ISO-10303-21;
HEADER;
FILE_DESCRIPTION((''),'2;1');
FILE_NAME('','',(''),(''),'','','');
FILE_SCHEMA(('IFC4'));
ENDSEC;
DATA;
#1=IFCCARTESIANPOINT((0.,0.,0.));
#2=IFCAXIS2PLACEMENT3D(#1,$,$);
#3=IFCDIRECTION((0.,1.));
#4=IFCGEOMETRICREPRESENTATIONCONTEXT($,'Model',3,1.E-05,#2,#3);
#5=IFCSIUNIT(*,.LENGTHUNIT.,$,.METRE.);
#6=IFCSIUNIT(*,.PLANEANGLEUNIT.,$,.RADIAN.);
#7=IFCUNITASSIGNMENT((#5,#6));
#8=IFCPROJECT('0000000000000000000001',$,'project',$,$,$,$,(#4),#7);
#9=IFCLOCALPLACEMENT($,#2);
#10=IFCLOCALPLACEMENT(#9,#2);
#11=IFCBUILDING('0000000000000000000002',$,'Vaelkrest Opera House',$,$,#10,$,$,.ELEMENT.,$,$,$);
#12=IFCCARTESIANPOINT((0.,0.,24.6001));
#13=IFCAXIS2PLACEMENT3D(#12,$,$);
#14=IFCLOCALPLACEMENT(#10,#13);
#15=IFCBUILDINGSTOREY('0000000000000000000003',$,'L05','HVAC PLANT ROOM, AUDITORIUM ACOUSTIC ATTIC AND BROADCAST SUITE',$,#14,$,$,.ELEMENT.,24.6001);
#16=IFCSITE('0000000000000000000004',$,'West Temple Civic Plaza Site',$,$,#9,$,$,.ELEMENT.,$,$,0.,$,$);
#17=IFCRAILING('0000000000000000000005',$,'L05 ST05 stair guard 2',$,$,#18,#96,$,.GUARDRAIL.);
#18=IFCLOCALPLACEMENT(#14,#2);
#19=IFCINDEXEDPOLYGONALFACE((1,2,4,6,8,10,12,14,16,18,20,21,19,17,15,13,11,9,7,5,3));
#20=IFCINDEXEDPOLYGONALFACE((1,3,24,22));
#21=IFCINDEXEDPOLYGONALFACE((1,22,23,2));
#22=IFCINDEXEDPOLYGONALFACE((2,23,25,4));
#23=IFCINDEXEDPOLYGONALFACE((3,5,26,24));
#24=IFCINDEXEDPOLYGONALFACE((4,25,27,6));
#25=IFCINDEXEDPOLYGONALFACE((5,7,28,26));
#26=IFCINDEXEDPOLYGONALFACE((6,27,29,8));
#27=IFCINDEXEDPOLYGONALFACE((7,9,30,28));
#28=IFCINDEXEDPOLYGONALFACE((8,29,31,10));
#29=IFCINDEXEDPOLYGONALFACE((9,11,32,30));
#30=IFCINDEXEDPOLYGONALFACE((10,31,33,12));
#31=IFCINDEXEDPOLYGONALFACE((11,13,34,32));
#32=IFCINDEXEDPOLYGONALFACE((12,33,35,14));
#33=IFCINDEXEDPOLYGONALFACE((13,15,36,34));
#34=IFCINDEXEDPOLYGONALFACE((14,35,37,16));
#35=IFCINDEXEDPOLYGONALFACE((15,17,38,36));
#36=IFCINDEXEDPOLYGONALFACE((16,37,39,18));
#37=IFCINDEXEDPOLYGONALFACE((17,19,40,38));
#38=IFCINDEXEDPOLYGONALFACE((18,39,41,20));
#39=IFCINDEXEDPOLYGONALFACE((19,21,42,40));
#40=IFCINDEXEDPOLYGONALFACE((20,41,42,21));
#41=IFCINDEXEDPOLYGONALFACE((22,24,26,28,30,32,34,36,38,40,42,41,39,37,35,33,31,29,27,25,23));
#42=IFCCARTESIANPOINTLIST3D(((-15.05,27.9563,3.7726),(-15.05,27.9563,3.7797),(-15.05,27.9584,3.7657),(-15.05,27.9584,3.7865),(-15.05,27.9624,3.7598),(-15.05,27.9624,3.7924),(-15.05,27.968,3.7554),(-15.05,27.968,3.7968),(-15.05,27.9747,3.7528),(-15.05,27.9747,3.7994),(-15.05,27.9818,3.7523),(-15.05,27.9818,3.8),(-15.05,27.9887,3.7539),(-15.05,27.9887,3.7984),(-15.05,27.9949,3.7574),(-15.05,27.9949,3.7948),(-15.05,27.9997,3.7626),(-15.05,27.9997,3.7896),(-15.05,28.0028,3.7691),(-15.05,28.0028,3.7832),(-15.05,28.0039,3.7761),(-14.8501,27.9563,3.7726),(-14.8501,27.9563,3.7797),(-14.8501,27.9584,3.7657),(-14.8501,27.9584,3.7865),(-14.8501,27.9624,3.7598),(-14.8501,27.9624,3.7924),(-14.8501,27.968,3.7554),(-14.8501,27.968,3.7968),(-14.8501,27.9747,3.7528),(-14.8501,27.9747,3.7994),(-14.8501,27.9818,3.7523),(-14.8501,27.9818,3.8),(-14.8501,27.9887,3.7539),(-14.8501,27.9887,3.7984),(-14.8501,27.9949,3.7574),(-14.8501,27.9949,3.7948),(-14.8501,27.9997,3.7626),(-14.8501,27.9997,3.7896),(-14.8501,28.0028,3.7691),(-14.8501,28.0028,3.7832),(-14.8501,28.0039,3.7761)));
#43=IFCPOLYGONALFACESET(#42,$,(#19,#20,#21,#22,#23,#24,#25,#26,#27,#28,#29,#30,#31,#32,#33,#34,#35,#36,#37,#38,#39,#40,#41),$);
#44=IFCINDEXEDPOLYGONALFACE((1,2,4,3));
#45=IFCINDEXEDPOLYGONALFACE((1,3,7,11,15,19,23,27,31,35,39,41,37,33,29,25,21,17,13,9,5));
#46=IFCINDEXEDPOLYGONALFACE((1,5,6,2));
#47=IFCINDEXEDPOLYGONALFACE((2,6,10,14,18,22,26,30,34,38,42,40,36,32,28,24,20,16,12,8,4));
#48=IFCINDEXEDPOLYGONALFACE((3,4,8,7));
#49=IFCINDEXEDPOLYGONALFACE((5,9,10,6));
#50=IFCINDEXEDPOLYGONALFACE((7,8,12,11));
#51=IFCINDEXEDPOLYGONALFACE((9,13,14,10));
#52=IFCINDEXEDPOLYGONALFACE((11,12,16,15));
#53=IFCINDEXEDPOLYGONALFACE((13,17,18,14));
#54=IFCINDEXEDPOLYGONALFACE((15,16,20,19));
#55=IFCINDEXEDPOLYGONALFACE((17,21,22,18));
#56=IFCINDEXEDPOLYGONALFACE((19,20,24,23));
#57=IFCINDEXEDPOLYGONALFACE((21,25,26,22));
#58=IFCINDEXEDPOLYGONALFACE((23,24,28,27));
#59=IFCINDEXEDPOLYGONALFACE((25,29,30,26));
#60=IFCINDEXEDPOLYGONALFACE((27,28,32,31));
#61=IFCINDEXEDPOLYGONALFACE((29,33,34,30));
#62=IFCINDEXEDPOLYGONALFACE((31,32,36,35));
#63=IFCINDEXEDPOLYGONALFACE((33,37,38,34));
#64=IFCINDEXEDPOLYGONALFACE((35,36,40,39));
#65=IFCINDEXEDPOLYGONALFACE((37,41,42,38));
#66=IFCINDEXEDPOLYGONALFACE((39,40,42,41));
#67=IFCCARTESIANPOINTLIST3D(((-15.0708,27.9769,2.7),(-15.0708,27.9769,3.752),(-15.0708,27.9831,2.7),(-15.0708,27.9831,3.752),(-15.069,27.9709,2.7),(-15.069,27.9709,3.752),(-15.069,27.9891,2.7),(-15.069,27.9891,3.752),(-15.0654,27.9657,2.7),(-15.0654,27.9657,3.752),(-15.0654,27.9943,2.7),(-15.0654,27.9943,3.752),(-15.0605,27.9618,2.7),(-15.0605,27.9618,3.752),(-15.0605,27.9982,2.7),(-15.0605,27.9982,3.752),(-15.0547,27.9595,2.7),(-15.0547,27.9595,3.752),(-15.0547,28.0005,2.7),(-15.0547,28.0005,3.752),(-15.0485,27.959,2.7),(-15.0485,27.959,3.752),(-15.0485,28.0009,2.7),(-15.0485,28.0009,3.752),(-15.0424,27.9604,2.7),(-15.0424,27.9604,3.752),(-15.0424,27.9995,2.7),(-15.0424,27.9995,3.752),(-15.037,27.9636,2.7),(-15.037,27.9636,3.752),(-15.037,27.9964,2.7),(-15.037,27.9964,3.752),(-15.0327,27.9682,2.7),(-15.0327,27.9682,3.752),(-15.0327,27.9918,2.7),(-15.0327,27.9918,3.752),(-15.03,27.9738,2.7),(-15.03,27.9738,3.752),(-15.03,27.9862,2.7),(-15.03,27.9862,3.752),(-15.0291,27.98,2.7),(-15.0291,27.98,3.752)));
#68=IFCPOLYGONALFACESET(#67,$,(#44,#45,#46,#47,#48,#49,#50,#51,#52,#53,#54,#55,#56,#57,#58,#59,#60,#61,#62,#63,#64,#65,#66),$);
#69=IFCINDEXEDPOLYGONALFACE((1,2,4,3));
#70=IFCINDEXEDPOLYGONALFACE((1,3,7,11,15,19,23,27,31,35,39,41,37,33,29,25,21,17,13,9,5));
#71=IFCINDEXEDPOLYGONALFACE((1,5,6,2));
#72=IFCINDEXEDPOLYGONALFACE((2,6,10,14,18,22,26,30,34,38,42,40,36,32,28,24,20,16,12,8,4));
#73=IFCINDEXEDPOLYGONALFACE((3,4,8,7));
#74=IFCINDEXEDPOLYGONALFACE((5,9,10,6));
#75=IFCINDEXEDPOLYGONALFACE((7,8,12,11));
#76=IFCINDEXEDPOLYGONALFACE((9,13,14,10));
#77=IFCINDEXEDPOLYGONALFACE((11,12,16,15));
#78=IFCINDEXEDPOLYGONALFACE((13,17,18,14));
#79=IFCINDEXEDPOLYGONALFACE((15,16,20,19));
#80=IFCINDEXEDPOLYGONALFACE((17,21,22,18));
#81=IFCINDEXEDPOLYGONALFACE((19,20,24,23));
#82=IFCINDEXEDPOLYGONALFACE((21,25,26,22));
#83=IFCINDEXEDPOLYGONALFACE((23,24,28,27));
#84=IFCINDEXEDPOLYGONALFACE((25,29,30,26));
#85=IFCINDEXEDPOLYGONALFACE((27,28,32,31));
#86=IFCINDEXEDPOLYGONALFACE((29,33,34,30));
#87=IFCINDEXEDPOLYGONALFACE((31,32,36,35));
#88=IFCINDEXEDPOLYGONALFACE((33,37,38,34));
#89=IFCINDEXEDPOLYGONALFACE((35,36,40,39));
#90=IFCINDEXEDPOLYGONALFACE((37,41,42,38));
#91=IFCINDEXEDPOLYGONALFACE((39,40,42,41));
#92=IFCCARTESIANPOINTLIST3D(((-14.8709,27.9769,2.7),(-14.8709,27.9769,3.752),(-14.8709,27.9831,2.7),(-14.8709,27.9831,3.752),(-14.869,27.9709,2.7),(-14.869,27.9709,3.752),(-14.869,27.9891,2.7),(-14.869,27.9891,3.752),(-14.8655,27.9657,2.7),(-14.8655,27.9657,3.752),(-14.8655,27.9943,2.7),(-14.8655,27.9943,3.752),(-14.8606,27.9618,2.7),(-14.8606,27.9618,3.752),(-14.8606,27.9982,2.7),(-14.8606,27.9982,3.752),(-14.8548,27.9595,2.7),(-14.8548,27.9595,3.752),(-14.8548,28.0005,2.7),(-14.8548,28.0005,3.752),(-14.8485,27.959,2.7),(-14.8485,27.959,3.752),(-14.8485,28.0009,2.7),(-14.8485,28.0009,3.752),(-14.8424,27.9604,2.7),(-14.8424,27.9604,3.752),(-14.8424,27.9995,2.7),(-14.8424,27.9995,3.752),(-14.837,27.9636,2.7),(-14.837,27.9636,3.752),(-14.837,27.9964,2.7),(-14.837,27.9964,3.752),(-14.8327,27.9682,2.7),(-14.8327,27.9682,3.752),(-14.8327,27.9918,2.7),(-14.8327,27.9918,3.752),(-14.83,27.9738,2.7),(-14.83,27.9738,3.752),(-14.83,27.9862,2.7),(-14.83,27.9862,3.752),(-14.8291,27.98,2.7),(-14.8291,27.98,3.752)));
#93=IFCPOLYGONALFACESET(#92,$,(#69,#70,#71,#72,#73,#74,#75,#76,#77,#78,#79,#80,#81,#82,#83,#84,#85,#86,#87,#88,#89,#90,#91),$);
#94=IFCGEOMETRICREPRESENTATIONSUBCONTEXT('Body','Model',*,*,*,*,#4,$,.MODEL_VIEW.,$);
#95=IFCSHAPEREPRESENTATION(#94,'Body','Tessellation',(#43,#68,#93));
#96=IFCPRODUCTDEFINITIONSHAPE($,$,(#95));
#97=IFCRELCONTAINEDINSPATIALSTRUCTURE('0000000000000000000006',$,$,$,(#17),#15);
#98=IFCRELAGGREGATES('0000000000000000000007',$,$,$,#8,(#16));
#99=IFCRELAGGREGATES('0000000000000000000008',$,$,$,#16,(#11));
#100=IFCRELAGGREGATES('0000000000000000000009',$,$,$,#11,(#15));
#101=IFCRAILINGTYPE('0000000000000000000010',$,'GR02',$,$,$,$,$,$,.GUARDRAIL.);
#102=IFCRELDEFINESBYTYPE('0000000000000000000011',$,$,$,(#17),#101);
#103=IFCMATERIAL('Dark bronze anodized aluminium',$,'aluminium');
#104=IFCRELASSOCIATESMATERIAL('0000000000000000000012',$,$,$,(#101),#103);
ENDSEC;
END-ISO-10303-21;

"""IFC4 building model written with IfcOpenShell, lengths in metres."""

from ifc_helpers import new_model, si_unit, direction, frame, origin, origin_2d, place, context, subcontext, project, spatial, circle, extrude, material, type_object, element, save


model = new_model("IFC4")

# Units and contexts
model_context = context("Model", 3, precision=1e-05, world=origin(), true_north=direction((0.0, 1.0)))
body_context = subcontext(model_context, "Body", "Model", "MODEL_VIEW")
ifc_project = project(units=[si_unit("LENGTHUNIT", "METRE"), si_unit("PLANEANGLEUNIT", "RADIAN")], contexts=[model_context])

# Site, building, storey
site_placement = place(None, origin())
site = spatial("IfcSite", under=ifc_project, at=site_placement, Name="West Temple Civic Plaza Site", CompositionType="ELEMENT", RefElevation=0.0)
building_placement = place(site_placement, origin())
building = spatial("IfcBuilding", under=site, at=building_placement, Name="Vaelkrest Opera House", CompositionType="ELEMENT")
storey_placement = place(building_placement, frame((0.0, 0.0, 24.6001)))
storey = spatial("IfcBuildingStorey", under=building, at=storey_placement, Name="L05", Description="HVAC PLANT ROOM, AUDITORIUM ACOUSTIC ATTIC AND BROADCAST SUITE", CompositionType="ELEMENT", Elevation=24.6001)

# Railing
ifc_material_1 = material(Name="Dark bronze anodized aluminium", Category="aluminium")
railing_type_1 = type_object("IfcRailingType", Name="GR02", PredefinedType="GUARDRAIL", material=ifc_material_1)
railing_1_placement = place(storey_placement, frame((-15.05, 27.98, 2.7)))
element("IfcRailing", 1, at=railing_1_placement, inside=storey, type_object=railing_type_1, Name="L05 ST05 stair guard 2", PredefinedType="GUARDRAIL", context=body_context, shape_type="SweptSolid", body=[
    extrude(circle(Radius=0.0239, at=origin_2d()), frame((0.0, 0.0, 1.0762), z_axis=(1.0, 0.0, 0.0), x_axis=(0.0, 1.0, 0.0)), (0.0, 0.0, 1.0), 0.2),
    extrude(circle(Radius=0.021, at=origin_2d()), origin(), (0.0, 0.0, 1.0), 1.052),
    extrude(circle(Radius=0.021, at=origin_2d()), frame((0.2, 0.0, 0.0)), (0.0, 0.0, 1.0), 1.052),
])

save(model, "model.ifc")
